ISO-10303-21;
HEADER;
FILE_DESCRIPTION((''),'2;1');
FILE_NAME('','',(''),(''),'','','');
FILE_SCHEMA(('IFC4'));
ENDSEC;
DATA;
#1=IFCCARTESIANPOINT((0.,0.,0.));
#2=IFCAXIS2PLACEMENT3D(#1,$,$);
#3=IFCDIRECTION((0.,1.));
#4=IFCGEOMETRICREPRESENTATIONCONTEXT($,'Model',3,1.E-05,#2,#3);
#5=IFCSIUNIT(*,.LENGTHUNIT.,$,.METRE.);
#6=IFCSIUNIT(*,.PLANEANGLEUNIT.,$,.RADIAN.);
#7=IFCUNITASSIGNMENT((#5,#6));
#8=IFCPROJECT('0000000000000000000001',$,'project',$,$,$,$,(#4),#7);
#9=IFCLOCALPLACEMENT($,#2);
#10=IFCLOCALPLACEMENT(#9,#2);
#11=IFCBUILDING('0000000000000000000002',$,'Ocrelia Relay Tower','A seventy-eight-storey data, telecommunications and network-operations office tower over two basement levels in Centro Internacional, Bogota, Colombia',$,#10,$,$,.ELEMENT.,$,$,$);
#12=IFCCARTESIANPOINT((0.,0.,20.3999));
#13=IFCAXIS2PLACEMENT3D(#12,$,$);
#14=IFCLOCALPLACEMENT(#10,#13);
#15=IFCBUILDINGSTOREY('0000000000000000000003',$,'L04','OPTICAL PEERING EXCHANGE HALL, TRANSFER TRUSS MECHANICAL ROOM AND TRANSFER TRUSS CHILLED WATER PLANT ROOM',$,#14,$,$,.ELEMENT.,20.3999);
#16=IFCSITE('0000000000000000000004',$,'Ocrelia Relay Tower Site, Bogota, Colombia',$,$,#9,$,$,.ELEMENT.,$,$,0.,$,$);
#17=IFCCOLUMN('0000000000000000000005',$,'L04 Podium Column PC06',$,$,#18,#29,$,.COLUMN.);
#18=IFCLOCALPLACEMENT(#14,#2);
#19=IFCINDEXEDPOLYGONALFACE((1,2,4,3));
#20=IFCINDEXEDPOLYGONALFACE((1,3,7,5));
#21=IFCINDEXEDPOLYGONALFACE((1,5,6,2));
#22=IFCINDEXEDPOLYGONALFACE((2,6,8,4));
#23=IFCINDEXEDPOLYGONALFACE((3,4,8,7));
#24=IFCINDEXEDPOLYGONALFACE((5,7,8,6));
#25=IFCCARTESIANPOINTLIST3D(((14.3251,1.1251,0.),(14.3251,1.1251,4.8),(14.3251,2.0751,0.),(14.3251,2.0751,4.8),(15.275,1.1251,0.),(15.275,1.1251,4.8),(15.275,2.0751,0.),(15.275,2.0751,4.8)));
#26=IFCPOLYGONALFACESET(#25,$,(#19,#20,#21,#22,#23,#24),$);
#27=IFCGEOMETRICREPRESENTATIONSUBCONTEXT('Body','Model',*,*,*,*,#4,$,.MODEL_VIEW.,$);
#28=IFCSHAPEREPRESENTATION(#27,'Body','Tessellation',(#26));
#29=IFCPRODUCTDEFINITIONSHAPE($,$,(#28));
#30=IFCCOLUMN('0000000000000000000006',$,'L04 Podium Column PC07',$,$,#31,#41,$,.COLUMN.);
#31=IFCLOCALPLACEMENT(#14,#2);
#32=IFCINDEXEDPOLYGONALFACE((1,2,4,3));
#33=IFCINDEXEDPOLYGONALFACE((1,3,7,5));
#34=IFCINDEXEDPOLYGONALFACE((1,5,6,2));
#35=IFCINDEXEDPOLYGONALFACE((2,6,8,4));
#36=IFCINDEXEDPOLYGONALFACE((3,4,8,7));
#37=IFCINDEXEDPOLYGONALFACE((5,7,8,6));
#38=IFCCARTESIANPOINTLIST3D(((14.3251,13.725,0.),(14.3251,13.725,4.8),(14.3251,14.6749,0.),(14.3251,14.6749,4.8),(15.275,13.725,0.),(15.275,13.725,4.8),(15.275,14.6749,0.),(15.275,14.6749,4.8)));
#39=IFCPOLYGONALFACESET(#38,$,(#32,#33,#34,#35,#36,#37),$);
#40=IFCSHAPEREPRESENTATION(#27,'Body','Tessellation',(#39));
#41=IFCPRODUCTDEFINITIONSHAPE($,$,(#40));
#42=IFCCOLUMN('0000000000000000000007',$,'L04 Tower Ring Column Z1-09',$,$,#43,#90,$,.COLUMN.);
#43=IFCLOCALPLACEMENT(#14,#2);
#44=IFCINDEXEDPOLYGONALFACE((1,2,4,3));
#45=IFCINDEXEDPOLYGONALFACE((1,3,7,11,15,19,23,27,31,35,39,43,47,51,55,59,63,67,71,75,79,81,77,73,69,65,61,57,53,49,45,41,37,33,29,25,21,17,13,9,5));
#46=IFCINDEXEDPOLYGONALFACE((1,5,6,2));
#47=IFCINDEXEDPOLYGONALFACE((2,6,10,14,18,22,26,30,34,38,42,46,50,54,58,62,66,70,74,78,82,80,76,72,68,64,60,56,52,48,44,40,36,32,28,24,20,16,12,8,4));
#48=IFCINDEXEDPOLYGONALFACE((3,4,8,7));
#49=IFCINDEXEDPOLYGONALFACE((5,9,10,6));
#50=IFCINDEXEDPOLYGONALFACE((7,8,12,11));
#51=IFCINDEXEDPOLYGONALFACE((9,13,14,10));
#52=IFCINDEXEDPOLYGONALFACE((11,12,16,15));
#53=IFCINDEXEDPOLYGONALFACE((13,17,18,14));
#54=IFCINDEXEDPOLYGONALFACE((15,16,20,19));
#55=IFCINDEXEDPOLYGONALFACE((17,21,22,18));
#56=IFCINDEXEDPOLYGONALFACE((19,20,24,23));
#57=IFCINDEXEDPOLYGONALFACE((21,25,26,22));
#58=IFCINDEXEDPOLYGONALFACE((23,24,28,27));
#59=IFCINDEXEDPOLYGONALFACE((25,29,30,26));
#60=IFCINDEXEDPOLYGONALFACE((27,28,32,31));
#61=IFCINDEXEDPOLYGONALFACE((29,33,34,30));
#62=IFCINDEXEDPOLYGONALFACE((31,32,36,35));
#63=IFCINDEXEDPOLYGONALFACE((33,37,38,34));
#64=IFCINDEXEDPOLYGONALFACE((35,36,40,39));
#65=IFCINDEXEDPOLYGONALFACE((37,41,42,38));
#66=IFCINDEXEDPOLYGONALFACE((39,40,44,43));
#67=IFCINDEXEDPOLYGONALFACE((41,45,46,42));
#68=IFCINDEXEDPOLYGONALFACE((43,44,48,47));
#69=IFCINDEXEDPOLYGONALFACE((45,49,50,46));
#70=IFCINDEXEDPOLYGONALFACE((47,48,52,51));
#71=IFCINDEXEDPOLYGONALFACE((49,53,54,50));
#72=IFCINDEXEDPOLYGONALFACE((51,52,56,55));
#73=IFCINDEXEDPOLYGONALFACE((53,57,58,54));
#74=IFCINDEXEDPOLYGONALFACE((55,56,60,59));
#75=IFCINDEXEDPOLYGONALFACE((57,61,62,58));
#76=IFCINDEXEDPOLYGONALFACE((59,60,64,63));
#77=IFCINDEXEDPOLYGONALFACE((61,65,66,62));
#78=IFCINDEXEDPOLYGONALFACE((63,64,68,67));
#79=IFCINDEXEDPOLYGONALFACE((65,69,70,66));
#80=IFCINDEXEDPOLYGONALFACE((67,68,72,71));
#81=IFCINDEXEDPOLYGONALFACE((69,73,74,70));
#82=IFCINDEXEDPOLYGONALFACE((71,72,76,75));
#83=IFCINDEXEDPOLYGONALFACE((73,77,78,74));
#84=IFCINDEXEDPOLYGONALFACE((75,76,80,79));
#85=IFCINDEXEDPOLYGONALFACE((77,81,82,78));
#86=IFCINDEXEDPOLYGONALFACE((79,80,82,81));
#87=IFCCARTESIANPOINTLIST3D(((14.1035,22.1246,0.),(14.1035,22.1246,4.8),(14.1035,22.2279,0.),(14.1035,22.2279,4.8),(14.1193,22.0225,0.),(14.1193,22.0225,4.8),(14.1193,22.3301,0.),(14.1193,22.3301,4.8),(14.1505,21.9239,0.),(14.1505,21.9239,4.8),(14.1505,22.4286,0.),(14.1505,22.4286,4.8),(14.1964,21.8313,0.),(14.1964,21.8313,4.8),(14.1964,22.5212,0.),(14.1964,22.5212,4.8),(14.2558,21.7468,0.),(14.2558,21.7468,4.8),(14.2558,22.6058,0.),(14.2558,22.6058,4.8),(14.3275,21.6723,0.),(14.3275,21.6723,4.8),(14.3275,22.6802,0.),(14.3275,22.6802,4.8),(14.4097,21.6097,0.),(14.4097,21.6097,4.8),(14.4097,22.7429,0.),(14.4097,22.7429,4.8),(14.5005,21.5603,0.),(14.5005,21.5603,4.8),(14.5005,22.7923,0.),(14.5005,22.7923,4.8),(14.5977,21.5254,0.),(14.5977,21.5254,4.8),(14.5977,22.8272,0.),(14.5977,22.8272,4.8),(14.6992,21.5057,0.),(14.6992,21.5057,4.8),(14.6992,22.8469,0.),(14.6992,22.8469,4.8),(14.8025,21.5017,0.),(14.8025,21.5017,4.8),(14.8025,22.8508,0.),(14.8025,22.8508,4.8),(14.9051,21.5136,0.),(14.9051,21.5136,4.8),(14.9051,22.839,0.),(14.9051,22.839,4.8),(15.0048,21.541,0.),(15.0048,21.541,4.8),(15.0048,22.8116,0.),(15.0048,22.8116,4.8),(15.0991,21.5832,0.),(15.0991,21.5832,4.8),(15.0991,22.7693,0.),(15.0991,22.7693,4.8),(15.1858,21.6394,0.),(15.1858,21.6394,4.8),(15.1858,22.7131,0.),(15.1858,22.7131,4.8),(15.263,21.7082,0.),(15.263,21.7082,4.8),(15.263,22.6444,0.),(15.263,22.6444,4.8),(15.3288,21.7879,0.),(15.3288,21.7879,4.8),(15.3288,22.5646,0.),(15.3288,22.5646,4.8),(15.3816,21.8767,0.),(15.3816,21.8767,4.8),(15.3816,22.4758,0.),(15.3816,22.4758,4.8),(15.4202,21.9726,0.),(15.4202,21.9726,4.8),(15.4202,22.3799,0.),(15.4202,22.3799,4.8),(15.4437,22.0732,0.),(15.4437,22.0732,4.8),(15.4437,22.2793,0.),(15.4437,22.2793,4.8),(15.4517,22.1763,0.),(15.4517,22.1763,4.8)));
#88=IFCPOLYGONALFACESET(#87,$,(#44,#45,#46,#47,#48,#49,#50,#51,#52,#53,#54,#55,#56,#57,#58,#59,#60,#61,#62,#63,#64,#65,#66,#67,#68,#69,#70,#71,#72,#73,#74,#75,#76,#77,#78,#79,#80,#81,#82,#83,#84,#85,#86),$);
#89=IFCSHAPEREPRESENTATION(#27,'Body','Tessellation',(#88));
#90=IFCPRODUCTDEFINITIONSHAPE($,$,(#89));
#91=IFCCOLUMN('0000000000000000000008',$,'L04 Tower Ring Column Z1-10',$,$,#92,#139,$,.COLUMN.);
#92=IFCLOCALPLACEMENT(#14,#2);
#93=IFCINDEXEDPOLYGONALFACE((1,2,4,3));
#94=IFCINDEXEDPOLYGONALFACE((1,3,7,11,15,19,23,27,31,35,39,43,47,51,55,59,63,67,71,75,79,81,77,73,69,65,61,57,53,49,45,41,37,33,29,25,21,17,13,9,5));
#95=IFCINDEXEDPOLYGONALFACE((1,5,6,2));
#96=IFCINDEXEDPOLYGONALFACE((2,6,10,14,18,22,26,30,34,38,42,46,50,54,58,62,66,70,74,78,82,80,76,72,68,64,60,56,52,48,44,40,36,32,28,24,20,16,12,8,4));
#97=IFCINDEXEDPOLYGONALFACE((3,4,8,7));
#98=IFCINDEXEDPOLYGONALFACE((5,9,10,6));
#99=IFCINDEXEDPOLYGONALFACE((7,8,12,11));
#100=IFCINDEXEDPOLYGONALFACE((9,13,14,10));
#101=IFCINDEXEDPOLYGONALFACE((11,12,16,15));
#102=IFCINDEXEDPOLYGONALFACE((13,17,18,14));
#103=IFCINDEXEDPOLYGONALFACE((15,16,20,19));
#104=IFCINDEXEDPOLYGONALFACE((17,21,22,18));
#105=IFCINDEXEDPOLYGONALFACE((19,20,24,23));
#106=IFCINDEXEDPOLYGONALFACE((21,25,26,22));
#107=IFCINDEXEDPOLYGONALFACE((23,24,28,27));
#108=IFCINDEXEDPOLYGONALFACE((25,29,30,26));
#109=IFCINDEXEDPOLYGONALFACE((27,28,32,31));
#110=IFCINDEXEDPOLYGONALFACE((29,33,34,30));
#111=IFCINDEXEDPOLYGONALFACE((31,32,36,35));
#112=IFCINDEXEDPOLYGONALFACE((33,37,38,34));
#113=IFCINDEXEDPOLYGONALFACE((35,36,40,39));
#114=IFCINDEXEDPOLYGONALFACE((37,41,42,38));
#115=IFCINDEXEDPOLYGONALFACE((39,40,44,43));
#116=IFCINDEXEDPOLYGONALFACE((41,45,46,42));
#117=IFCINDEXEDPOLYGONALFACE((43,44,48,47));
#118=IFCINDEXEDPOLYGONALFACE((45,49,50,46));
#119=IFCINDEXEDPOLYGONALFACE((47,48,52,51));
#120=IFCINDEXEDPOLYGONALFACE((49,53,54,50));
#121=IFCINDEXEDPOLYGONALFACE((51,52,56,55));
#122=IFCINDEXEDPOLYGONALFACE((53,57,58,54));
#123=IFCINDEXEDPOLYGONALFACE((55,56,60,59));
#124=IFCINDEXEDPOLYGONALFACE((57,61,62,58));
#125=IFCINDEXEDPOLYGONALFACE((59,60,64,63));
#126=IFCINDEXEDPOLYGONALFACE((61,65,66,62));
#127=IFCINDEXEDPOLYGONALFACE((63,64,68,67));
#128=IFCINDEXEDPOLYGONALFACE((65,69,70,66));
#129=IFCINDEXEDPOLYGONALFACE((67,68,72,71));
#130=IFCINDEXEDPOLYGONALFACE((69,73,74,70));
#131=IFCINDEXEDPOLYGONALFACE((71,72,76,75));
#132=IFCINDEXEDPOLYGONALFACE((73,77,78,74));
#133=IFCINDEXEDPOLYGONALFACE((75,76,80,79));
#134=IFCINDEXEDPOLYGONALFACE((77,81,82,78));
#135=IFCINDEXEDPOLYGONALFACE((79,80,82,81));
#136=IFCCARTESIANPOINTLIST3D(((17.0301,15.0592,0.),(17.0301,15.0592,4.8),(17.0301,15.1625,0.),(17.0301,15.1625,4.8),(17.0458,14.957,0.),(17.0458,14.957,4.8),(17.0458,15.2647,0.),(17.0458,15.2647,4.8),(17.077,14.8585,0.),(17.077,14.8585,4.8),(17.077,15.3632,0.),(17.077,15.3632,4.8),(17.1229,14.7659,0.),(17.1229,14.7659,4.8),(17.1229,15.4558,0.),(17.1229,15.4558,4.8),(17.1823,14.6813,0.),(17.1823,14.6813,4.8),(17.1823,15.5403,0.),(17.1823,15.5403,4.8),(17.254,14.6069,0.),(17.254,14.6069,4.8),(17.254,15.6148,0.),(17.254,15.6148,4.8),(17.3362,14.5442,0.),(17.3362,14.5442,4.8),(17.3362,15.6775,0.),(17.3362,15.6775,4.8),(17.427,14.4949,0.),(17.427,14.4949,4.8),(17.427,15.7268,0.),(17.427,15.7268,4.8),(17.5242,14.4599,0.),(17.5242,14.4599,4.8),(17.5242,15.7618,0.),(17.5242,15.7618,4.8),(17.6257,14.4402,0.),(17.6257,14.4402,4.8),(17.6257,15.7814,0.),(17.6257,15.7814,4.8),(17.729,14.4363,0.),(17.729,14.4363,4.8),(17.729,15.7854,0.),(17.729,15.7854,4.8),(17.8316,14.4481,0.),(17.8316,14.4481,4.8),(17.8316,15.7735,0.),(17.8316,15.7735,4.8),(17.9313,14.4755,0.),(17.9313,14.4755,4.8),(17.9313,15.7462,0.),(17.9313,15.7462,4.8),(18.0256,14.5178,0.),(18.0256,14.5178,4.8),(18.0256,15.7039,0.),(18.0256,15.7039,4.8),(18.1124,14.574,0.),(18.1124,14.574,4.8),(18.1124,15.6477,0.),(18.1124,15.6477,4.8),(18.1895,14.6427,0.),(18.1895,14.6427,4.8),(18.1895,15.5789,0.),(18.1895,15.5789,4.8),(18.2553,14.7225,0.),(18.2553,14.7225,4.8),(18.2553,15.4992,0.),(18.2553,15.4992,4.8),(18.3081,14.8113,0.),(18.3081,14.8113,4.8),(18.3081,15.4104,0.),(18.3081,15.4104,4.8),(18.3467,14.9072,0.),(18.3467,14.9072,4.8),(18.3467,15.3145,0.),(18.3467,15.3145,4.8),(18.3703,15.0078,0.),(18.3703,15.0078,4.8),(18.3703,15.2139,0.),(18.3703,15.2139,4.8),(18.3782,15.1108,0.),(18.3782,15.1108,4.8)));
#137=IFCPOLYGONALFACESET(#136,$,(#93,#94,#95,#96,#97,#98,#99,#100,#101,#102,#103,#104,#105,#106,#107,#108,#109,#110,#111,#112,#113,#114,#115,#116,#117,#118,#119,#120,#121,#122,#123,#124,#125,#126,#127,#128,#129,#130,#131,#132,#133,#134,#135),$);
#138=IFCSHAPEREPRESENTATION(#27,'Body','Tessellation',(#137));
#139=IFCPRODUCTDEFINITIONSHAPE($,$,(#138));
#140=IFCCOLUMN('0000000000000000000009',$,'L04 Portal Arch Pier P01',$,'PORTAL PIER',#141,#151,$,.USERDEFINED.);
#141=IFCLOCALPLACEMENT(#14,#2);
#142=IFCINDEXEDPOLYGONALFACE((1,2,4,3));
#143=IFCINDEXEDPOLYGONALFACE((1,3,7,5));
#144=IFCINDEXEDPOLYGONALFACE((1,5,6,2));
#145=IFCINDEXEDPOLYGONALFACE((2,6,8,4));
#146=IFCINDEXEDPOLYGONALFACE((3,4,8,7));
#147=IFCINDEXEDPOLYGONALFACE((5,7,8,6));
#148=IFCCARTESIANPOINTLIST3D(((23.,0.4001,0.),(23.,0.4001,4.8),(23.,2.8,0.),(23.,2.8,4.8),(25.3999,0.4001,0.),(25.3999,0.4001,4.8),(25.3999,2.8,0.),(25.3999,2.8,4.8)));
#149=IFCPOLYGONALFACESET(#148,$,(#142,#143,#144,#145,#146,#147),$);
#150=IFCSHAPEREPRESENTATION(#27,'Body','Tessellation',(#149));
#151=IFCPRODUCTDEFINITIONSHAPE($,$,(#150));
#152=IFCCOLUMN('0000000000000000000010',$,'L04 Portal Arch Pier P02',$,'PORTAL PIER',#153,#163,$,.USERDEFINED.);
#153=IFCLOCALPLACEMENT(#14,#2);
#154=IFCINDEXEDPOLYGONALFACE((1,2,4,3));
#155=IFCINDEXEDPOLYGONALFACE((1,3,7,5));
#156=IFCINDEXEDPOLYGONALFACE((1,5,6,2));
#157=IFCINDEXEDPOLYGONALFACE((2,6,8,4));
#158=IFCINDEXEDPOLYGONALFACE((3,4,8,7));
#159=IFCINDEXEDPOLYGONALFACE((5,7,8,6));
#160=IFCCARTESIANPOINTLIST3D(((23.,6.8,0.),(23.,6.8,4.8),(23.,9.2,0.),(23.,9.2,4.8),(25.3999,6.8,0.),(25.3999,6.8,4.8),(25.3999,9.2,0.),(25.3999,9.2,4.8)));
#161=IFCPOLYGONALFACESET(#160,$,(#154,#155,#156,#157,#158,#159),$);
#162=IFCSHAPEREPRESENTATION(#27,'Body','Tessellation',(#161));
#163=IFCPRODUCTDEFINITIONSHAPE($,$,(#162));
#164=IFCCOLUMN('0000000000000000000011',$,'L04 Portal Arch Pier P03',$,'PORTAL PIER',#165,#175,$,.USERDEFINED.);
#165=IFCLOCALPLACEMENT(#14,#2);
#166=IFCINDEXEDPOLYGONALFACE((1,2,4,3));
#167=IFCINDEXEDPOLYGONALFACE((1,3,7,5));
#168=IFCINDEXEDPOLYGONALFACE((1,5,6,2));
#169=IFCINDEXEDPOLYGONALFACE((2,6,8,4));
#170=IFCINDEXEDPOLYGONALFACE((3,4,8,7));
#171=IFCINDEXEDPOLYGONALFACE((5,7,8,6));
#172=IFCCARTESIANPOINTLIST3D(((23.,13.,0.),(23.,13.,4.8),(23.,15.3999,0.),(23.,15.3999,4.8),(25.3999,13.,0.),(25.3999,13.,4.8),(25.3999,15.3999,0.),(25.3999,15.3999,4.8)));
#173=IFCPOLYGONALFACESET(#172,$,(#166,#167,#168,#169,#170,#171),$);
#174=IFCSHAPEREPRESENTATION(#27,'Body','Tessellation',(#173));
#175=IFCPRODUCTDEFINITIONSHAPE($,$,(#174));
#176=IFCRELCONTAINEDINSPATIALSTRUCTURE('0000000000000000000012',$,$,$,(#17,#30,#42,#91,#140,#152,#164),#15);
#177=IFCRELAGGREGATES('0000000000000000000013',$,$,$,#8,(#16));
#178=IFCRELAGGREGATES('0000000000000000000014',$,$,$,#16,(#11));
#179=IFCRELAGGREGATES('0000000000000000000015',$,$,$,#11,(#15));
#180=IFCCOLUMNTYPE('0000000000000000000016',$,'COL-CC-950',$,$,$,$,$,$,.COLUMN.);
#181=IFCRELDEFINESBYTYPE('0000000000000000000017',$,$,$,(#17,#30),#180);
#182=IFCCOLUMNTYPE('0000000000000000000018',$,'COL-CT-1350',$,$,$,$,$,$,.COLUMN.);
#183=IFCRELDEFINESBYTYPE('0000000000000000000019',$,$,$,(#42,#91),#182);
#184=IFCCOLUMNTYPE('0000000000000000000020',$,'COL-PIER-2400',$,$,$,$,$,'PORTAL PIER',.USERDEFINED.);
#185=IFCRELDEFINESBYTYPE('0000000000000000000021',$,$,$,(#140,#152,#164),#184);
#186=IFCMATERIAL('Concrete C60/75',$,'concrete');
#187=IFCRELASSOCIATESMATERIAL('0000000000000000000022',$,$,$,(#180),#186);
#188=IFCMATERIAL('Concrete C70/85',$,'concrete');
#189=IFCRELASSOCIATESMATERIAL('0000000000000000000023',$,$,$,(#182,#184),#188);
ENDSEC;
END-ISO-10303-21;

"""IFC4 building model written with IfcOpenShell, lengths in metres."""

from ifc_helpers import new_model, si_unit, direction, frame, origin, origin_2d, place, context, subcontext, project, spatial, rectangle, circle, extrude, material, material_profile, profile_set, type_object, element, save


model = new_model("IFC4")

# Units and contexts
model_context = context("Model", 3, precision=1e-05, world=origin(), true_north=direction((0.0, 1.0)))
body_context = subcontext(model_context, "Body", "Model", "MODEL_VIEW")
ifc_project = project(units=[si_unit("LENGTHUNIT", "METRE"), si_unit("PLANEANGLEUNIT", "RADIAN")], contexts=[model_context])

# Site, building, storey
site_placement = place(None, origin())
site = spatial("IfcSite", under=ifc_project, at=site_placement, Name="Ocrelia Relay Tower Site, Bogota, Colombia", CompositionType="ELEMENT", RefElevation=0.0)
building_placement = place(site_placement, origin())
building = spatial("IfcBuilding", under=site, at=building_placement, Name="Ocrelia Relay Tower", Description="A seventy-eight-storey data, telecommunications and network-operations office tower over two basement levels in Centro Internacional, Bogota, Colombia", CompositionType="ELEMENT")
storey_placement = place(building_placement, frame((0.0, 0.0, 20.3999)))
storey = spatial("IfcBuildingStorey", under=building, at=storey_placement, Name="L04", Description="OPTICAL PEERING EXCHANGE HALL, TRANSFER TRUSS MECHANICAL ROOM AND TRANSFER TRUSS CHILLED WATER PLANT ROOM", CompositionType="ELEMENT", Elevation=20.3999)

# Columns
ifc_material_1 = material(Name="Concrete C60/75", Category="concrete")
ifc_material_profile_1 = material_profile(ifc_material_1, rectangle(XDim=0.95, YDim=0.95, at=origin_2d()), Name="RC-COL-950x950")
ifc_profile_set_1 = profile_set([ifc_material_profile_1], Name="Concrete C60/75")
column_type_1 = type_object("IfcColumnType", Name="COL-CC-950", PredefinedType="COLUMN", material=ifc_profile_set_1)
for number, where, z_axis, x_axis, name in (
    (1, (14.8, 1.6001, 0.0), (0.0, 0.0, 1.0), (1.0, 0.0, 0.0), "L04 Podium Column PC06"),
    (2, (14.8, 14.2, 0.0), (0.0, 0.0, 1.0), (1.0, 0.0, 0.0), "L04 Podium Column PC07"),
):
    element("IfcColumn", number, at=place(storey_placement, frame(where, z_axis=z_axis, x_axis=x_axis)), inside=storey, type_object=column_type_1, Name=name, PredefinedType="COLUMN", context=body_context, shape_type="SweptSolid", body=[
        extrude(rectangle(XDim=0.95, YDim=0.95, at=origin_2d()), origin(), (0.0, 0.0, 1.0), 4.8),
    ])
ifc_material_2 = material(Name="Concrete C70/85", Category="concrete")
ifc_material_profile_2 = material_profile(ifc_material_2, circle(Radius=0.675, at=origin_2d()), Name="RC-CIR-1350")
ifc_profile_set_2 = profile_set([ifc_material_profile_2], Name="Concrete C70/85")
column_type_2 = type_object("IfcColumnType", Name="COL-CT-1350", PredefinedType="COLUMN", material=ifc_profile_set_2)
for number, where, z_axis, x_axis, name in (
    (3, (14.7766, 22.1763, 0.0), (0.0, 0.0, 1.0), (1.0, 0.0, 0.0), "L04 Tower Ring Column Z1-09"),
    (4, (17.7031, 15.1108, 0.0), (0.0, 0.0, 1.0), (1.0, 0.0, 0.0), "L04 Tower Ring Column Z1-10"),
):
    element("IfcColumn", number, at=place(storey_placement, frame(where, z_axis=z_axis, x_axis=x_axis)), inside=storey, type_object=column_type_2, Name=name, PredefinedType="COLUMN", context=body_context, shape_type="SweptSolid", body=[
        extrude(circle(Radius=0.675, at=origin_2d()), origin(), (0.0, 0.0, 1.0), 4.8),
    ])
ifc_material_profile_3 = material_profile(ifc_material_2, rectangle(XDim=2.3999, YDim=2.3999, at=origin_2d()), Name="RC-PIER-2400x2400")
ifc_profile_set_3 = profile_set([ifc_material_profile_3], Name="Concrete C70/85")
column_type_3 = type_object("IfcColumnType", Name="COL-PIER-2400", ElementType="PORTAL PIER", PredefinedType="USERDEFINED", material=ifc_profile_set_3)
for number, where, z_axis, x_axis, name in (
    (5, (24.2, 1.6001, 0.0), (0.0, 0.0, 1.0), (1.0, 0.0, 0.0), "L04 Portal Arch Pier P01"),
    (6, (24.2, 8.0, 0.0), (0.0, 0.0, 1.0), (1.0, 0.0, 0.0), "L04 Portal Arch Pier P02"),
    (7, (24.2, 14.2, 0.0), (0.0, 0.0, 1.0), (1.0, 0.0, 0.0), "L04 Portal Arch Pier P03"),
):
    element("IfcColumn", number, at=place(storey_placement, frame(where, z_axis=z_axis, x_axis=x_axis)), inside=storey, type_object=column_type_3, Name=name, ObjectType="PORTAL PIER", PredefinedType="USERDEFINED", context=body_context, shape_type="SweptSolid", body=[
        extrude(rectangle(XDim=2.3999, YDim=2.3999, at=origin_2d()), origin(), (0.0, 0.0, 1.0), 4.8),
    ])

save(model, "model.ifc")
